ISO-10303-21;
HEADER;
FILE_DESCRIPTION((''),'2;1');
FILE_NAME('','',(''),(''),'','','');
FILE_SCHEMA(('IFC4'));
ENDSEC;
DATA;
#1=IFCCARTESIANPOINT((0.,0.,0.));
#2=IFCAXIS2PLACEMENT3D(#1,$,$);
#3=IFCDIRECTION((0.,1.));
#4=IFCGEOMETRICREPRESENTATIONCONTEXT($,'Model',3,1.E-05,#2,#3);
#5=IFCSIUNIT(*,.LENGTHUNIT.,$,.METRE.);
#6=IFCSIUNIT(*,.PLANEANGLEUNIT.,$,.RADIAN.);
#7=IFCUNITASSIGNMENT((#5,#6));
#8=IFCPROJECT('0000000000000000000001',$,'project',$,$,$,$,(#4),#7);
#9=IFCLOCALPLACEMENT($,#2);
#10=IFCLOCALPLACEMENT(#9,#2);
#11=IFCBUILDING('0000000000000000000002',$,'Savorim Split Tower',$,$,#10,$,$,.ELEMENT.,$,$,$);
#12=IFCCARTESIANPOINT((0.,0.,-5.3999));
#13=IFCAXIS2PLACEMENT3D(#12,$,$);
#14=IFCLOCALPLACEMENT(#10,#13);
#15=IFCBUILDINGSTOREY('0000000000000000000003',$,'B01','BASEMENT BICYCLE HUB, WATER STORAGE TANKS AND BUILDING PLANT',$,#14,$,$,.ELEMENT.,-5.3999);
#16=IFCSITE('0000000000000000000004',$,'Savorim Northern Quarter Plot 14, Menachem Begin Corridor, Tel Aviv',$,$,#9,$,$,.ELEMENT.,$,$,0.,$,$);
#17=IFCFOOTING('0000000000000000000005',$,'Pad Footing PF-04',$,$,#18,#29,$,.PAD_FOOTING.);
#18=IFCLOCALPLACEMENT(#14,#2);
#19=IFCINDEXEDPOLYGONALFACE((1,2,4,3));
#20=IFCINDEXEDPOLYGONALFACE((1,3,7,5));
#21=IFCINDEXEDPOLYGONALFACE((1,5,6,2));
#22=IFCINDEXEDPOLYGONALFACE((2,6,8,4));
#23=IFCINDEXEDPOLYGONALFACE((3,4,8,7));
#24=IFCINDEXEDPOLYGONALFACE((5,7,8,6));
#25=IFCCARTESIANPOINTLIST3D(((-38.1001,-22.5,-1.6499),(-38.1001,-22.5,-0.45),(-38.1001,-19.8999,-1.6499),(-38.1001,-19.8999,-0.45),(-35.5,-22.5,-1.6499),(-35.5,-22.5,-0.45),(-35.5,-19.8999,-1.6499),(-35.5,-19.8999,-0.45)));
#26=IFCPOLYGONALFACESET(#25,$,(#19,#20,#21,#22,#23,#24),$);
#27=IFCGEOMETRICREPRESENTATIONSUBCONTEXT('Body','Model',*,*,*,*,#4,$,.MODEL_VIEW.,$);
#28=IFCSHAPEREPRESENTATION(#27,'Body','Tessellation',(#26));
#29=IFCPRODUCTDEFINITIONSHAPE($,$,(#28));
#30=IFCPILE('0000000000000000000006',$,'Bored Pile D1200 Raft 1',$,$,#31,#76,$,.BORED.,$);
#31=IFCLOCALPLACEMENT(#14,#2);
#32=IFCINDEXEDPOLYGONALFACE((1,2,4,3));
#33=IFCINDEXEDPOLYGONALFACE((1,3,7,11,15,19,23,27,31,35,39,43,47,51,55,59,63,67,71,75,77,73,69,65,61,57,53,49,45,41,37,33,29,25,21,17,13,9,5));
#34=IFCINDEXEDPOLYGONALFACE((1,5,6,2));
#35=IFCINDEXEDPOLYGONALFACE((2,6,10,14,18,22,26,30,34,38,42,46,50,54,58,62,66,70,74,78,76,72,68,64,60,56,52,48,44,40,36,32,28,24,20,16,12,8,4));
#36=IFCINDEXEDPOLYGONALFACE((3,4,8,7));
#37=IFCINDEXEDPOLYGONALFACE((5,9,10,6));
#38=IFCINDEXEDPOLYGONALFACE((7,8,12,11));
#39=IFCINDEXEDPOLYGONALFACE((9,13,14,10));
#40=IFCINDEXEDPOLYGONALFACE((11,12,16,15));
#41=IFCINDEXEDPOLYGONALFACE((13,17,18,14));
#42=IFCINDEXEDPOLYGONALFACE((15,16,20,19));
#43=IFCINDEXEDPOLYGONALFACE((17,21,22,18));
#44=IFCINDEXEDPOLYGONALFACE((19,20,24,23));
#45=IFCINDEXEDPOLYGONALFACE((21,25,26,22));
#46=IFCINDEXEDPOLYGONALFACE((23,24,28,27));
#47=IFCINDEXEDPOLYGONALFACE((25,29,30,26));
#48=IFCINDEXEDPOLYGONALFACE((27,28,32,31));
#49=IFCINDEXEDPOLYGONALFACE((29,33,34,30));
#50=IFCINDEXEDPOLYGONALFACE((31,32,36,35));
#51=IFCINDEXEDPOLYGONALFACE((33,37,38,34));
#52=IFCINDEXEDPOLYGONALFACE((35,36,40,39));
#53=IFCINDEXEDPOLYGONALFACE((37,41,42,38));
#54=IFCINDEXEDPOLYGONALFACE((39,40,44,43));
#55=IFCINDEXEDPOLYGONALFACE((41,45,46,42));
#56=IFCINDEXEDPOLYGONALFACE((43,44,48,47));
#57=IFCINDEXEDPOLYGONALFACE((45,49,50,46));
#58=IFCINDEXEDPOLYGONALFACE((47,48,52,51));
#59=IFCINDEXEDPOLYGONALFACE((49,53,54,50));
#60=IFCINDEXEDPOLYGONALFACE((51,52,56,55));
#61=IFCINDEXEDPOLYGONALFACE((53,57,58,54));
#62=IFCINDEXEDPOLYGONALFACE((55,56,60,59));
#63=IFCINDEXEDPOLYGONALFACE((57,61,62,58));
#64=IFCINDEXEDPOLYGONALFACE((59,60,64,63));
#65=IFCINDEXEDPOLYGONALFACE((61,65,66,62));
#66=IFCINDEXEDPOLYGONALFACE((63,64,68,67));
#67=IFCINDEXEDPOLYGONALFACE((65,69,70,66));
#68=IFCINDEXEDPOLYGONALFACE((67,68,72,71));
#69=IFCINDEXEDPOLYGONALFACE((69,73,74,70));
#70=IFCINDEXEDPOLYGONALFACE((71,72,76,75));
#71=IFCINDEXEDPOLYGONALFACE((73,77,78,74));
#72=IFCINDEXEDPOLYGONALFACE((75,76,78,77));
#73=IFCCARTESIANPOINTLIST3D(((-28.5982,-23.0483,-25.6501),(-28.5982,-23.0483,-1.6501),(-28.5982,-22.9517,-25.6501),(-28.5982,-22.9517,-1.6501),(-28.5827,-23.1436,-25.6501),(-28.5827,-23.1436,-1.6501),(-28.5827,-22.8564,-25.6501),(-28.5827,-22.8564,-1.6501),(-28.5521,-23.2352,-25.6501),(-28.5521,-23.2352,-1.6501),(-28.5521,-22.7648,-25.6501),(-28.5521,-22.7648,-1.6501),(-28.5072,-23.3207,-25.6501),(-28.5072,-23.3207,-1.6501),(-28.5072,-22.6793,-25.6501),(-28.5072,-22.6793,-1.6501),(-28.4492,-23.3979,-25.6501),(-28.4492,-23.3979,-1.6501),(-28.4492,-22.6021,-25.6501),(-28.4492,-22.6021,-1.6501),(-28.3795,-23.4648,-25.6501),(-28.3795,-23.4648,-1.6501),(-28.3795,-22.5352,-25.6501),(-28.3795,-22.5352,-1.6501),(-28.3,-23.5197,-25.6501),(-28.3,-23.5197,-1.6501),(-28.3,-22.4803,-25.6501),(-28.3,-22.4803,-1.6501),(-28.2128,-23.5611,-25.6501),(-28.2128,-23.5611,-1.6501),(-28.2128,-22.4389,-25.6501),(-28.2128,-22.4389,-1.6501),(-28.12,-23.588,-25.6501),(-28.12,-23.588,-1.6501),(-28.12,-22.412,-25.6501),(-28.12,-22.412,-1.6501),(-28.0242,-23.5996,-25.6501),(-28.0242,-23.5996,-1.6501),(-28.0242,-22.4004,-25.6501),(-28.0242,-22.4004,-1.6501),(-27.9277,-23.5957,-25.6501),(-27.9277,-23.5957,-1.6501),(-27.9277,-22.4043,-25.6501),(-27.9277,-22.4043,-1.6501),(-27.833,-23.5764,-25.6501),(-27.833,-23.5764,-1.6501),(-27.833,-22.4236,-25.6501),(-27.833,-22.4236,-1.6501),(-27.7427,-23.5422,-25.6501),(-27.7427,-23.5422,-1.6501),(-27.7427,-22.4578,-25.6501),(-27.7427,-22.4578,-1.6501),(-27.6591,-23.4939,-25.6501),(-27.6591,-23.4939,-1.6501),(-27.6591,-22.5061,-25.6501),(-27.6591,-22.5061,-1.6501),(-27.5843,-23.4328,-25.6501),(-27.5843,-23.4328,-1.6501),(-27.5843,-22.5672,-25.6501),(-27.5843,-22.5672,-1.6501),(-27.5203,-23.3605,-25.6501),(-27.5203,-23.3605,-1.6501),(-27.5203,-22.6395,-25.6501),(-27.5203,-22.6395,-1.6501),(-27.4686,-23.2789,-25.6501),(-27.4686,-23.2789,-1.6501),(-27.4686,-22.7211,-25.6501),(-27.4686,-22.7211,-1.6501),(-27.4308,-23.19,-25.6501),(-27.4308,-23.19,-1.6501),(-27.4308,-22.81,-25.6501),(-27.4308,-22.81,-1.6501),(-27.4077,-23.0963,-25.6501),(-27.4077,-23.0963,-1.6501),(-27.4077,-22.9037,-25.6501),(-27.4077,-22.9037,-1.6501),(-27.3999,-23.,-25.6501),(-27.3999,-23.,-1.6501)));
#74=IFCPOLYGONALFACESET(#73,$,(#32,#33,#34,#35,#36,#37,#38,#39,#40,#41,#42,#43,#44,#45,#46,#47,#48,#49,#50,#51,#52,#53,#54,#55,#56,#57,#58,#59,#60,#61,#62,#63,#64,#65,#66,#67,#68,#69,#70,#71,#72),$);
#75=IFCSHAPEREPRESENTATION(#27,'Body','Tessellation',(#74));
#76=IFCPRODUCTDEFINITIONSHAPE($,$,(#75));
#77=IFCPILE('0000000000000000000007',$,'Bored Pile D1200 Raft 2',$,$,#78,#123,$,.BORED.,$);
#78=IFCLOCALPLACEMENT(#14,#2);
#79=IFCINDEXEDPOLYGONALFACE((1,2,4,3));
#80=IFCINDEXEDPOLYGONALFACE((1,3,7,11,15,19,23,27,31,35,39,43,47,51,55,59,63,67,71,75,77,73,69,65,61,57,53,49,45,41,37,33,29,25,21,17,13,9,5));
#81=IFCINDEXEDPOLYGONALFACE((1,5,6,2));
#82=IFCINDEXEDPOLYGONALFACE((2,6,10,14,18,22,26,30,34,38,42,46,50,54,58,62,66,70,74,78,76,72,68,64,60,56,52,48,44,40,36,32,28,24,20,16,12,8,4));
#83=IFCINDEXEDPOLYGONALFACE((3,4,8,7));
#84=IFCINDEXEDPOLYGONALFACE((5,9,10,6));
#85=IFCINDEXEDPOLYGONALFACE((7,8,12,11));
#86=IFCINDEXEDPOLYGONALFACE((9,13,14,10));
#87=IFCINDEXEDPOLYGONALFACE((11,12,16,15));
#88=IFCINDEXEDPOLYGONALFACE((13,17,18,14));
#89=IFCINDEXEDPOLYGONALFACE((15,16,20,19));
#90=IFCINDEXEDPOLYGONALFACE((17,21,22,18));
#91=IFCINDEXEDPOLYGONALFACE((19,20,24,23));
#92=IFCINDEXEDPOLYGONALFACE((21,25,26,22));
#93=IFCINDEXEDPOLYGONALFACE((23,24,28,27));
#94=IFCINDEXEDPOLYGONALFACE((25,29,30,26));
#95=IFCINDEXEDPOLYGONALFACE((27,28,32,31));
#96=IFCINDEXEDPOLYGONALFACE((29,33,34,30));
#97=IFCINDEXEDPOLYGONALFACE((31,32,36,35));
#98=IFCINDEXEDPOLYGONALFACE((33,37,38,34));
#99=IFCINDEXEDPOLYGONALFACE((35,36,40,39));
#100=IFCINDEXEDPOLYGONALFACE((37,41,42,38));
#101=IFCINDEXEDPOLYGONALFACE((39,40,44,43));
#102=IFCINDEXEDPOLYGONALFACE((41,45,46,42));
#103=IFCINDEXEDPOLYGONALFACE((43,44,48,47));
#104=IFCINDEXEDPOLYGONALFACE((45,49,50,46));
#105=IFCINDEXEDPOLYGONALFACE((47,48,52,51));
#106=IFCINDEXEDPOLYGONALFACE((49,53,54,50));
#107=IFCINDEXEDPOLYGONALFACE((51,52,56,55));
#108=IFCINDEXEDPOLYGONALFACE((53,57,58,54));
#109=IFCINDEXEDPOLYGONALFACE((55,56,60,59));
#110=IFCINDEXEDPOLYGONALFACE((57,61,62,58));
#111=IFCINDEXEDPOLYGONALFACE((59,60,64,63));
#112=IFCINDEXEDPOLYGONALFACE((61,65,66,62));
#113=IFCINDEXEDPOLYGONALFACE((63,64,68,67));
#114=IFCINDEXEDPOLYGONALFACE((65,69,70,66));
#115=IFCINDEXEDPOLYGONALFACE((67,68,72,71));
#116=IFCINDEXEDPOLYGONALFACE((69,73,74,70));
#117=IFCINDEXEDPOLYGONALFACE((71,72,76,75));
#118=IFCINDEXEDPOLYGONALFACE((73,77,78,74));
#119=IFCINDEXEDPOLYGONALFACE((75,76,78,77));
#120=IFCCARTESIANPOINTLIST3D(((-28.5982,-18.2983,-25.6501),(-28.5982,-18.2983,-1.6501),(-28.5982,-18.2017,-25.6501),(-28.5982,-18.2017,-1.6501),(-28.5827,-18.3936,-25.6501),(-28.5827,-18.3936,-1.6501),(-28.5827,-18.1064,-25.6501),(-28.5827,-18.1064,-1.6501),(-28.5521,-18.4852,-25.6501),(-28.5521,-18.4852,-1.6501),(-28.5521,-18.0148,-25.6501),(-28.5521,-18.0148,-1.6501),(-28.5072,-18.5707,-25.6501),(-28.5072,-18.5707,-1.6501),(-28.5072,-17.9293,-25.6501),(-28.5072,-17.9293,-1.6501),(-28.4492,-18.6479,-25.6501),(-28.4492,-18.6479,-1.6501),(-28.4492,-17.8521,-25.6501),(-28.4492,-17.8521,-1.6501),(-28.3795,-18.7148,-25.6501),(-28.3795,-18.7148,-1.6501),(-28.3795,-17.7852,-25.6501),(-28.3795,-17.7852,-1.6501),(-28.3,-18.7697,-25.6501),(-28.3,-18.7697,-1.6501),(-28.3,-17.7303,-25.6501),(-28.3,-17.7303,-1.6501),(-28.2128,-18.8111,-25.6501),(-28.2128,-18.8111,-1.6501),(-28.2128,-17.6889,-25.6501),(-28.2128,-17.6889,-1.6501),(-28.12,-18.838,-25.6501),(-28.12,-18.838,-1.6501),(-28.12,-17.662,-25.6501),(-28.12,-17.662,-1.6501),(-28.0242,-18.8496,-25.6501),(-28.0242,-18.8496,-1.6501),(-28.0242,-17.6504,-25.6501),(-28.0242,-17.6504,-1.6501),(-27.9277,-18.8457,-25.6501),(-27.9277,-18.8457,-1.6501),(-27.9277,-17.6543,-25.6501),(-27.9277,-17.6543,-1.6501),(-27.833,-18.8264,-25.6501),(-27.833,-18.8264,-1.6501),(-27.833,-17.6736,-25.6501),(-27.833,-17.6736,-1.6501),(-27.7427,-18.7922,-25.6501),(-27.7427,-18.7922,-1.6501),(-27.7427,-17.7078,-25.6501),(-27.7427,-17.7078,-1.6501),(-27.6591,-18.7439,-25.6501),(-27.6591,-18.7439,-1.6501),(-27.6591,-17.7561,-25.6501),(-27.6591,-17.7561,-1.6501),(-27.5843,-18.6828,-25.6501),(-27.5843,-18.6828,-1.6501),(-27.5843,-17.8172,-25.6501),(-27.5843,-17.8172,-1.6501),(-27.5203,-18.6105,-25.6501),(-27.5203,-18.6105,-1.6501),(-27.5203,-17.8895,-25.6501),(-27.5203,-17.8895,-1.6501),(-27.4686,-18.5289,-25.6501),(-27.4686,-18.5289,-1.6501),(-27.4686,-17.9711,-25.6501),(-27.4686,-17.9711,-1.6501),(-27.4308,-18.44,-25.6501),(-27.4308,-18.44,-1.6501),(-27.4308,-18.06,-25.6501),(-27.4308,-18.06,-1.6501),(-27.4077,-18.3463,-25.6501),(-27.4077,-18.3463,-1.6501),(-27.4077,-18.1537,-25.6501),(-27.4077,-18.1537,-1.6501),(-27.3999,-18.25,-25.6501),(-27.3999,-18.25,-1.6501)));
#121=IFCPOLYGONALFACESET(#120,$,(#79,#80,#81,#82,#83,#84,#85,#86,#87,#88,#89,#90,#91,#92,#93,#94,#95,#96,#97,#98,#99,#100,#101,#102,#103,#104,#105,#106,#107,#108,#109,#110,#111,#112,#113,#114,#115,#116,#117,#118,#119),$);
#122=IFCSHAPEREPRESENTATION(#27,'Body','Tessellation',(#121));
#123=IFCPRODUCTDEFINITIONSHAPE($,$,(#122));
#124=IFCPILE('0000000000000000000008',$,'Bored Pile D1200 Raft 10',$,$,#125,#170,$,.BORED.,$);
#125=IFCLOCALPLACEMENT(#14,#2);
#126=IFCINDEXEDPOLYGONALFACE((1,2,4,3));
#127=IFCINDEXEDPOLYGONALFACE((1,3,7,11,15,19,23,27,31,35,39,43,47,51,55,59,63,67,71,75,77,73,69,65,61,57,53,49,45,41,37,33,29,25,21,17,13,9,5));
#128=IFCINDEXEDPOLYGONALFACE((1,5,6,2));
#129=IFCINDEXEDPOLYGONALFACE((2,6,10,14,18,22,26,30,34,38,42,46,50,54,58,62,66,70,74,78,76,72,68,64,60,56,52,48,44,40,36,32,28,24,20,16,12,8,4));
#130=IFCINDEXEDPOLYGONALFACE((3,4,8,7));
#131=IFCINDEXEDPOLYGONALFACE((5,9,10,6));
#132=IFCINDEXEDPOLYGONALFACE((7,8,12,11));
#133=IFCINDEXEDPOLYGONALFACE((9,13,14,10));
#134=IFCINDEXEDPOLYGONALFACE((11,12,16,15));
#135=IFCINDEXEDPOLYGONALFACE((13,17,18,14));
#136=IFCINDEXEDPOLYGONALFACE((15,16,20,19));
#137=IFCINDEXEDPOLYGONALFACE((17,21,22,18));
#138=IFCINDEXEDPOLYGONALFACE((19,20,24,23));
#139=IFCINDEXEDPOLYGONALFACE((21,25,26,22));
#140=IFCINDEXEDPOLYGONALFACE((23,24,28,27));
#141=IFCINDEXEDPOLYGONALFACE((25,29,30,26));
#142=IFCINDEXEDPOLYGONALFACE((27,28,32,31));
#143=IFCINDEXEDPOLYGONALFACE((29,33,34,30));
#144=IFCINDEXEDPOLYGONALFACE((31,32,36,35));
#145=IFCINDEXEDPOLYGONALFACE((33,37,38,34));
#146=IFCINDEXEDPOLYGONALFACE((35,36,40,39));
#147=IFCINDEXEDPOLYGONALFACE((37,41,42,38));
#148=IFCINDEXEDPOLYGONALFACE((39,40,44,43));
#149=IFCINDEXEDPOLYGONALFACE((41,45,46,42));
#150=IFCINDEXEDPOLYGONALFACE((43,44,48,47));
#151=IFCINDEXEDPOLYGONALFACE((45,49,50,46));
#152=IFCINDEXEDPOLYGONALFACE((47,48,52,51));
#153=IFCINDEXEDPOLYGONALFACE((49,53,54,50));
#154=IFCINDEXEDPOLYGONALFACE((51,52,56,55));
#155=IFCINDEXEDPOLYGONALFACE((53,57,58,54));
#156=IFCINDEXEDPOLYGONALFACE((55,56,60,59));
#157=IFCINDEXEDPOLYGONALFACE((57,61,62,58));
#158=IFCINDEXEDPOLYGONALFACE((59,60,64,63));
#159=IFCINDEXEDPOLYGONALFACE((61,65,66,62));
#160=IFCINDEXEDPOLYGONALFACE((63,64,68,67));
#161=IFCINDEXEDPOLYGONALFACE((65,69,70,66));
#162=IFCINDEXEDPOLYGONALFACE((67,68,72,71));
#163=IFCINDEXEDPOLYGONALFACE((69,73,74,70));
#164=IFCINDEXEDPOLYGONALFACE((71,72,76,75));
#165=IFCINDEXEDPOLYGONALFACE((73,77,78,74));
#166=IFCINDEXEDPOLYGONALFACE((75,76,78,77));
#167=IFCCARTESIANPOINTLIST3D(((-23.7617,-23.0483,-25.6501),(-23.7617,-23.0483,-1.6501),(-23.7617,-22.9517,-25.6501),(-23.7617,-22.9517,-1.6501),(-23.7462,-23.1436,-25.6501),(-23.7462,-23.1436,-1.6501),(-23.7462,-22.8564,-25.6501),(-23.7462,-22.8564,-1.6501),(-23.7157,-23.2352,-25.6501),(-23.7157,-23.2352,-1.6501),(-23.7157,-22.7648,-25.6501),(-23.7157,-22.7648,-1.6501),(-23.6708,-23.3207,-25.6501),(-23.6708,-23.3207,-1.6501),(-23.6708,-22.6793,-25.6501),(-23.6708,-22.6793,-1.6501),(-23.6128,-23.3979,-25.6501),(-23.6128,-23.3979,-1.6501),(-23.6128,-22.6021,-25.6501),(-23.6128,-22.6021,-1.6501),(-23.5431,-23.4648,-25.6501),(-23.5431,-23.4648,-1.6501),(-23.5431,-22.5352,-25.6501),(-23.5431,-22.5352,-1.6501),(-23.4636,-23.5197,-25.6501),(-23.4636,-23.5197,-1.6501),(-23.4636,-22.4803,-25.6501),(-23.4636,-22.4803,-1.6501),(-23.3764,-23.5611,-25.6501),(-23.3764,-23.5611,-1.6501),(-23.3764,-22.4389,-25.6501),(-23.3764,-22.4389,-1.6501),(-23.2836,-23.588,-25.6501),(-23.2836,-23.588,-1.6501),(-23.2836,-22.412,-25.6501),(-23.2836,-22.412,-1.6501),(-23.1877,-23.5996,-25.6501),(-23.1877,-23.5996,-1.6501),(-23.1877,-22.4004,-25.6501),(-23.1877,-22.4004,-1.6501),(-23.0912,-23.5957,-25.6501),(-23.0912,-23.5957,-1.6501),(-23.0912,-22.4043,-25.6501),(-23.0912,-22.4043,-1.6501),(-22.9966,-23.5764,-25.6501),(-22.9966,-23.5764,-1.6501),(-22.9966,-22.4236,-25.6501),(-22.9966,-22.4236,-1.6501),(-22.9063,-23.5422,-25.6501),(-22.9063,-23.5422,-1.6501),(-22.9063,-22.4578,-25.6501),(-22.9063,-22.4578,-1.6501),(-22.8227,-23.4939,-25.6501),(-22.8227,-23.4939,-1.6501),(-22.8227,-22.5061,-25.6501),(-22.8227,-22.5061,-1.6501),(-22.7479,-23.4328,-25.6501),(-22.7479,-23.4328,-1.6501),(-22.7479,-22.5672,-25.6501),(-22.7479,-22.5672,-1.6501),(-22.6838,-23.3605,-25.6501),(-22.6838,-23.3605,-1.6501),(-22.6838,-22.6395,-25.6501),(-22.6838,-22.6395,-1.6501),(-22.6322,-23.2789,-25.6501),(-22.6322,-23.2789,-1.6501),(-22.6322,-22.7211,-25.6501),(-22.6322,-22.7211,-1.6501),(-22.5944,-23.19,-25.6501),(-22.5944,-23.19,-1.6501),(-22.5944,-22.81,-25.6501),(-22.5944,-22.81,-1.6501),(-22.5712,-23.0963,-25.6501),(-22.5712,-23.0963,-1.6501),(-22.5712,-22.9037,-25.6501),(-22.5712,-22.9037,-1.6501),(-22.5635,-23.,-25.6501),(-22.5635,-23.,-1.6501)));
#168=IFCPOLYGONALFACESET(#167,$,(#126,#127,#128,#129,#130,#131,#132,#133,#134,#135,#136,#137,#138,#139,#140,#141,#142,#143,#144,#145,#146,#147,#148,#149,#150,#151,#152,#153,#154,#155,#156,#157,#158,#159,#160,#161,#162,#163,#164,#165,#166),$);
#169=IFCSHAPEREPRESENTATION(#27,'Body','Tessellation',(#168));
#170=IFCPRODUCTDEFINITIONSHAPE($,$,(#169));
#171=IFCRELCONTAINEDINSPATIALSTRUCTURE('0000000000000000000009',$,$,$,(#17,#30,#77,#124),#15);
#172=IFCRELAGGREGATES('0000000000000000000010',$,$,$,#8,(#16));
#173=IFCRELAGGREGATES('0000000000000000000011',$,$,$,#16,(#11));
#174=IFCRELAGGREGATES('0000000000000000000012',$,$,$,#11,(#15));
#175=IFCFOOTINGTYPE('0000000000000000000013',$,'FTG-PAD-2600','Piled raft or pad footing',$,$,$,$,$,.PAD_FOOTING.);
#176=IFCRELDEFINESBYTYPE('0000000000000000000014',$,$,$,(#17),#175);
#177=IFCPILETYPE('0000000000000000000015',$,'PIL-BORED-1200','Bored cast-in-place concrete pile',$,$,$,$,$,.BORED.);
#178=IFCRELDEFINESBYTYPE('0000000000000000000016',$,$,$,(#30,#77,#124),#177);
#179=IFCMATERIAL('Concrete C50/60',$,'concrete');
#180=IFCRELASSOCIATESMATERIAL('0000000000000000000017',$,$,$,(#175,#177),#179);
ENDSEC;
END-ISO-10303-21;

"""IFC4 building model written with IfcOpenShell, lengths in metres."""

from ifc_helpers import new_model, si_unit, direction, frame, origin, origin_2d, place, context, subcontext, project, spatial, rectangle, circle, extrude, material, material_profile, profile_set, type_object, element, save


model = new_model("IFC4")

# Units and contexts
model_context = context("Model", 3, precision=1e-05, world=origin(), true_north=direction((0.0, 1.0)))
body_context = subcontext(model_context, "Body", "Model", "MODEL_VIEW")
ifc_project = project(units=[si_unit("LENGTHUNIT", "METRE"), si_unit("PLANEANGLEUNIT", "RADIAN")], contexts=[model_context])

# Site, building, storey
site_placement = place(None, origin())
site = spatial("IfcSite", under=ifc_project, at=site_placement, Name="Savorim Northern Quarter Plot 14, Menachem Begin Corridor, Tel Aviv", CompositionType="ELEMENT", RefElevation=0.0)
building_placement = place(site_placement, origin())
building = spatial("IfcBuilding", under=site, at=building_placement, Name="Savorim Split Tower", CompositionType="ELEMENT")
storey_placement = place(building_placement, frame((0.0, 0.0, -5.3999)))
storey = spatial("IfcBuildingStorey", under=building, at=storey_placement, Name="B01", Description="BASEMENT BICYCLE HUB, WATER STORAGE TANKS AND BUILDING PLANT", CompositionType="ELEMENT", Elevation=-5.3999)

# Footing
ifc_material_1 = material(Name="Concrete C50/60", Category="concrete")
footing_type = type_object("IfcFootingType", Name="FTG-PAD-2600", Description="Piled raft or pad footing", PredefinedType="PAD_FOOTING", material=ifc_material_1)
footing_placement = place(storey_placement, frame((-36.8, -21.2, -1.6499), z_axis=(0.0, 0.0, 1.0), x_axis=(1.0, 0.0, 0.0)))
element("IfcFooting", 1, at=footing_placement, inside=storey, type_object=footing_type, Name="Pad Footing PF-04", PredefinedType="PAD_FOOTING", context=body_context, shape_type="SweptSolid", body=[
    extrude(rectangle(XDim=2.6001, YDim=2.6001, at=origin_2d()), origin(), (0.0, 0.0, 1.0), 1.2),
])

# Piles
ifc_material_profile_1 = material_profile(ifc_material_1, circle(Radius=0.6001, at=origin_2d()), Name="PILE D1200")
ifc_profile_set_1 = profile_set([ifc_material_profile_1], Name="Concrete C50/60")
pile_type = type_object("IfcPileType", Name="PIL-BORED-1200", Description="Bored cast-in-place concrete pile", PredefinedType="BORED", material=ifc_profile_set_1)
for number, where, z_axis, x_axis, name in (
    (2, (-28.0, -23.0, -1.6501), (0.0, 0.0, -1.0), (1.0, 0.0, 0.0), "Bored Pile D1200 Raft 1"),
    (3, (-28.0, -18.25, -1.6501), (0.0, 0.0, -1.0), (1.0, 0.0, 0.0), "Bored Pile D1200 Raft 2"),
    (4, (-23.1636, -23.0, -1.6501), (0.0, 0.0, -1.0), (1.0, 0.0, 0.0), "Bored Pile D1200 Raft 10"),
):
    element("IfcPile", number, at=place(storey_placement, frame(where, z_axis=z_axis, x_axis=x_axis)), inside=storey, type_object=pile_type, Name=name, PredefinedType="BORED", context=body_context, shape_type="SweptSolid", body=[
        extrude(circle(Radius=0.6001, at=origin_2d()), origin(), (0.0, 0.0, 1.0), 24.0),
    ])

save(model, "model.ifc")
